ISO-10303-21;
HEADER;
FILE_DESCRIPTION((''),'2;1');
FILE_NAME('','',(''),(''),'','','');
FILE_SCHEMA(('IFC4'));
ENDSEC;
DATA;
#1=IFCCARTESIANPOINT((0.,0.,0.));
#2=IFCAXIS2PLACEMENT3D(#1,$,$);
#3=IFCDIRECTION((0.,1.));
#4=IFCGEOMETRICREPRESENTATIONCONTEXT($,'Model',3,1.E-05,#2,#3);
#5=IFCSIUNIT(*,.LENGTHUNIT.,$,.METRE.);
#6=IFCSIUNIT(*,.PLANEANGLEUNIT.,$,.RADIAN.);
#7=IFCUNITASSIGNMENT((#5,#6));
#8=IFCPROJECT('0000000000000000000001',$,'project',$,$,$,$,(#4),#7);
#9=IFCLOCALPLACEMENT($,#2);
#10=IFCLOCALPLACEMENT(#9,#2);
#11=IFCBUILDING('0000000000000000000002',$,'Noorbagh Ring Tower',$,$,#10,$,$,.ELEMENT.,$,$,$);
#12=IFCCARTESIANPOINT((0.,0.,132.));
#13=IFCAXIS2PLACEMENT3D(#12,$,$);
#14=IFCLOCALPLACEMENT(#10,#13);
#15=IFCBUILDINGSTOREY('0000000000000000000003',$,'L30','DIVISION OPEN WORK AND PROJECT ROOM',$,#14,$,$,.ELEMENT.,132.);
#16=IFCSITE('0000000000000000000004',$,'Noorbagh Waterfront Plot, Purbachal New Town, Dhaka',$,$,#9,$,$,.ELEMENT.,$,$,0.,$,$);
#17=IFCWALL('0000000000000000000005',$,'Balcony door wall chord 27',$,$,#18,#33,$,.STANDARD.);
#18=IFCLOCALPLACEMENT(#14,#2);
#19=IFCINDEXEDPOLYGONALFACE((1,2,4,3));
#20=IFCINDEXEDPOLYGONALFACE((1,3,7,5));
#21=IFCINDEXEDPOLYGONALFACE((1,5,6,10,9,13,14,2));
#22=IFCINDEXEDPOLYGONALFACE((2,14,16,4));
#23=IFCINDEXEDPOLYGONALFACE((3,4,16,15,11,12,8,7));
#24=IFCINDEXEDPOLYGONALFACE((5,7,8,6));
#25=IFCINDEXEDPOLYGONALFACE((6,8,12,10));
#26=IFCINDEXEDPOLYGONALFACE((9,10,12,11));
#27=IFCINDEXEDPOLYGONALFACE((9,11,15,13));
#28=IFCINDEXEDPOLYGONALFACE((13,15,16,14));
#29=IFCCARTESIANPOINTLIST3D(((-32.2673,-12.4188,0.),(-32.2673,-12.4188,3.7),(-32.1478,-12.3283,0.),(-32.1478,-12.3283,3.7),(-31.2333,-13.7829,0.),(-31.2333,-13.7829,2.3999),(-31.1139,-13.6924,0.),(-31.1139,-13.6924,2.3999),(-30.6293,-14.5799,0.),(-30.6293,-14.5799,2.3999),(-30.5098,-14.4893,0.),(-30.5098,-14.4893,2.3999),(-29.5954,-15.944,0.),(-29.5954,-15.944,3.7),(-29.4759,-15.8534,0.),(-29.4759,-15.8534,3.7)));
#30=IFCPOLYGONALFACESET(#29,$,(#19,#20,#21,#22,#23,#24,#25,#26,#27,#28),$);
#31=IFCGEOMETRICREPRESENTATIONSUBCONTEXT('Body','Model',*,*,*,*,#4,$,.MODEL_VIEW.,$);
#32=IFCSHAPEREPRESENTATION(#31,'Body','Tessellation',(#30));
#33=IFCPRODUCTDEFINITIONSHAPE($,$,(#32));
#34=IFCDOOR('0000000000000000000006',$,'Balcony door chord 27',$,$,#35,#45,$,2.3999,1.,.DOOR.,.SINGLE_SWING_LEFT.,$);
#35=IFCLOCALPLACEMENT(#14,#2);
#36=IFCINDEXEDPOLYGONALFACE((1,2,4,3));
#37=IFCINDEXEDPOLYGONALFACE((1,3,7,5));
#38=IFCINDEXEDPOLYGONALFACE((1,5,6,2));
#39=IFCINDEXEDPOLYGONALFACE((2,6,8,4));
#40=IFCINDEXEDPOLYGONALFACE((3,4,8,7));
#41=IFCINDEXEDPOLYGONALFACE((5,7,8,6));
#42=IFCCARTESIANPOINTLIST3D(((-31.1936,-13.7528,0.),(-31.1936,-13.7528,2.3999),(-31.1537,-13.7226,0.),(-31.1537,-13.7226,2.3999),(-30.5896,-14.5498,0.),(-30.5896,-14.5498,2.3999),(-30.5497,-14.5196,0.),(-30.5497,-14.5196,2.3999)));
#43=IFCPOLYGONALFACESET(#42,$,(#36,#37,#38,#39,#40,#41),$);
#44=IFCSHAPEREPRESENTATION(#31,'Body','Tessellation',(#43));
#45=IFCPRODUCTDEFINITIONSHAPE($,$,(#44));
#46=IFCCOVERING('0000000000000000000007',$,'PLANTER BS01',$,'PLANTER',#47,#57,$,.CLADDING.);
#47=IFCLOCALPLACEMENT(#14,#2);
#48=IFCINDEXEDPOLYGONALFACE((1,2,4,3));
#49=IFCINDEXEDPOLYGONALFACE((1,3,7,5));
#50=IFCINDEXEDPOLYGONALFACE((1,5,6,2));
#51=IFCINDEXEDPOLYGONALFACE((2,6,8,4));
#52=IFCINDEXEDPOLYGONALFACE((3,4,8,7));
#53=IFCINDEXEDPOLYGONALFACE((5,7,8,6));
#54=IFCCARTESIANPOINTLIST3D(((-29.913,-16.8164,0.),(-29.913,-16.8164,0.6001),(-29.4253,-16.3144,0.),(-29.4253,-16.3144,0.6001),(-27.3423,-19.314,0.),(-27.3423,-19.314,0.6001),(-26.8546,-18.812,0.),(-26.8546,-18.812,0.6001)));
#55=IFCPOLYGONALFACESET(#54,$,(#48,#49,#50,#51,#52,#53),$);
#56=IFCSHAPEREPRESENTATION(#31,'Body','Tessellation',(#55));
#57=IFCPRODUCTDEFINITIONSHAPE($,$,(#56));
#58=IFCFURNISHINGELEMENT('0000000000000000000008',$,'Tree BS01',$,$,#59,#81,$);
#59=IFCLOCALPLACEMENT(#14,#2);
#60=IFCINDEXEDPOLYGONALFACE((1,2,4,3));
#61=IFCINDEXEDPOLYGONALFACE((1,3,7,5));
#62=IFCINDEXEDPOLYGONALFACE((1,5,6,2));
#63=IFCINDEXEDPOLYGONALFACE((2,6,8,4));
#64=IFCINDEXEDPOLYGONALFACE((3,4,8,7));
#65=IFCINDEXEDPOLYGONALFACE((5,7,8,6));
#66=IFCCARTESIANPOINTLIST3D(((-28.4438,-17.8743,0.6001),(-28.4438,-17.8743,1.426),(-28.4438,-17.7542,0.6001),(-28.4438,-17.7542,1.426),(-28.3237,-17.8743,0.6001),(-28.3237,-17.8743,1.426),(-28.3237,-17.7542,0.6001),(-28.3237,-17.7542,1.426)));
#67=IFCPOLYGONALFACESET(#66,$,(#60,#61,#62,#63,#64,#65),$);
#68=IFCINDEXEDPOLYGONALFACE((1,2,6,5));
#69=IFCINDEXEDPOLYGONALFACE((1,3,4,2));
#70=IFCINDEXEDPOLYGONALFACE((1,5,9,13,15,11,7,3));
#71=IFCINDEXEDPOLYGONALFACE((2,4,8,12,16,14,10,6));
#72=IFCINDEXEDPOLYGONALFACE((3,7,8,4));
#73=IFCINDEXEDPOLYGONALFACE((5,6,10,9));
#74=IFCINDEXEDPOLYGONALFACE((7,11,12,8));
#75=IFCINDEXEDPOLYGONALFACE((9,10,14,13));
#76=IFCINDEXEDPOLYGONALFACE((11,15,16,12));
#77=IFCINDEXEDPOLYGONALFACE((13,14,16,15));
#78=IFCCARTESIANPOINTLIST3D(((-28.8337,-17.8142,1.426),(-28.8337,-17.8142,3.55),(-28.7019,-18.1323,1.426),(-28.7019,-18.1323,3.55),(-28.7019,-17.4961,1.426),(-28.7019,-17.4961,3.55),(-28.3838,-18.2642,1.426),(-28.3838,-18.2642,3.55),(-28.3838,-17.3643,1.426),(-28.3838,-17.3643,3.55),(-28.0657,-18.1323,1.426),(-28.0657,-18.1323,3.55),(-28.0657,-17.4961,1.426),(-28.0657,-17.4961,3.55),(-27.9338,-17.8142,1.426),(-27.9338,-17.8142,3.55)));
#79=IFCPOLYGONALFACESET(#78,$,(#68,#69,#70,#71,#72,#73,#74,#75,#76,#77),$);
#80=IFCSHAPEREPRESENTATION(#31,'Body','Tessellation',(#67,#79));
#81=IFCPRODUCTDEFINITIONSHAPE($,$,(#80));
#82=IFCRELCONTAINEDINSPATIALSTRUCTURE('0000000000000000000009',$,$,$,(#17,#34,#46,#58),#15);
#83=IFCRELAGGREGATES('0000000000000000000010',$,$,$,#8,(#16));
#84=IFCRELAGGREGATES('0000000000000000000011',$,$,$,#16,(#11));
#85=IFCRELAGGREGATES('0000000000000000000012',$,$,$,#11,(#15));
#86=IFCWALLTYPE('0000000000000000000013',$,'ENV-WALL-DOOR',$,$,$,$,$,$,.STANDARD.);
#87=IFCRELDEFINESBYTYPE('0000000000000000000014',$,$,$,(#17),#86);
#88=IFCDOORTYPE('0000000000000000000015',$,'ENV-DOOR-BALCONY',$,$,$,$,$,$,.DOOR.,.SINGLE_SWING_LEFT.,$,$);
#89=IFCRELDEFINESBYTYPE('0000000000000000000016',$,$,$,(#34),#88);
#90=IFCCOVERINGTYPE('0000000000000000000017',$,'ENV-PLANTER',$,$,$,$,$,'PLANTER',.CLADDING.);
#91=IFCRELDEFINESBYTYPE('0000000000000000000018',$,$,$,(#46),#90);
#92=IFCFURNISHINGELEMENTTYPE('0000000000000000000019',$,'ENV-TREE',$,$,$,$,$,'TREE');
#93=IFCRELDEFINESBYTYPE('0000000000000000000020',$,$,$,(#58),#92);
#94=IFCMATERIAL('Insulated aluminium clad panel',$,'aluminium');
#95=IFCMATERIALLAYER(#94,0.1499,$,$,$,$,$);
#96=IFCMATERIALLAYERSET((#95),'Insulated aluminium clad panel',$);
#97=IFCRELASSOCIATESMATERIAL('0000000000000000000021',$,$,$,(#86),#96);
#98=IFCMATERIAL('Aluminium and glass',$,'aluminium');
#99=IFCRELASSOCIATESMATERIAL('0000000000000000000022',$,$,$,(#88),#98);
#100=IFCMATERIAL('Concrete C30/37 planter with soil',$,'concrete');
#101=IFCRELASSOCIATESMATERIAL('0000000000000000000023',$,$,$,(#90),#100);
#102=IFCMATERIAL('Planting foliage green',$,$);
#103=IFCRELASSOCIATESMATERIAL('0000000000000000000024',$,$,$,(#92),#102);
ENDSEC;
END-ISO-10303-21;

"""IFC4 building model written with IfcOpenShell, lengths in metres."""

from ifc_helpers import new_model, si_unit, direction, frame, frame_2d, origin, origin_2d, place, context, subcontext, project, spatial, polyline, rectangle, outline, extrude, material, layer, layer_set, type_object, element, fill, save


model = new_model("IFC4")

# Units and contexts
model_context = context("Model", 3, precision=1e-05, world=origin(), true_north=direction((0.0, 1.0)))
body_context = subcontext(model_context, "Body", "Model", "MODEL_VIEW")
ifc_project = project(units=[si_unit("LENGTHUNIT", "METRE"), si_unit("PLANEANGLEUNIT", "RADIAN")], contexts=[model_context])

# Site, building, storey
site_placement = place(None, origin())
site = spatial("IfcSite", under=ifc_project, at=site_placement, Name="Noorbagh Waterfront Plot, Purbachal New Town, Dhaka", CompositionType="ELEMENT", RefElevation=0.0)
building_placement = place(site_placement, origin())
building = spatial("IfcBuilding", under=site, at=building_placement, Name="Noorbagh Ring Tower", CompositionType="ELEMENT")
storey_placement = place(building_placement, frame((0.0, 0.0, 132.0)))
storey = spatial("IfcBuildingStorey", under=building, at=storey_placement, Name="L30", Description="DIVISION OPEN WORK AND PROJECT ROOM", CompositionType="ELEMENT", Elevation=132.0)

# Wall, opening, door
ifc_material_1 = material(Name="Insulated aluminium clad panel", Category="aluminium")
ifc_layer_1 = layer(ifc_material_1, 0.1499)
ifc_layer_set_1 = layer_set([ifc_layer_1], Name="Insulated aluminium clad panel")
wall_type_1 = type_object("IfcWallType", Name="ENV-WALL-DOOR", PredefinedType="STANDARD", material=ifc_layer_set_1)
wall_1_placement = place(storey_placement, frame((-32.2075, -12.3735, 0.0), z_axis=(0.0, 0.0, 1.0), x_axis=(0.604046, -0.79695, 0.0)))
wall_1 = element("IfcWall", 1, at=wall_1_placement, inside=storey, type_object=wall_type_1, Name="Balcony door wall chord 27", PredefinedType="STANDARD", context=body_context, shape_type="SweptSolid", body=[
    extrude(rectangle(XDim=4.4233, YDim=0.1499, at=frame_2d((2.2117, 0.0))), origin(), (0.0, 0.0, 1.0), 3.7),
])
opening_1_placement = place(wall_1_placement, frame((1.7117, 0.0, 0.0)))
opening_1 = element("IfcOpeningElement", 2, at=opening_1_placement, cuts=wall_1, PredefinedType="OPENING", context=body_context, shape_type="SweptSolid", body=[
    extrude(rectangle(XDim=1.0, YDim=2.3999, at=frame_2d((0.5, 1.2))), frame((0.0, 0.085, 0.0), z_axis=(0.0, -1.0, 0.0), x_axis=(1.0, 0.0, 0.0)), (0.0, 0.0, 1.0), 0.1699),
])
ifc_material_2 = material(Name="Aluminium and glass", Category="aluminium")
door_type_1 = type_object("IfcDoorType", Name="ENV-DOOR-BALCONY", OperationType="SINGLE_SWING_LEFT", PredefinedType="DOOR", material=ifc_material_2)
door_1_placement = place(opening_1_placement, origin())
door_1 = element("IfcDoor", 3, at=door_1_placement, inside=storey, type_object=door_type_1, Name="Balcony door chord 27", OperationType="SINGLE_SWING_LEFT", OverallHeight=2.3999, OverallWidth=1.0, PredefinedType="DOOR", context=body_context, shape_type="SweptSolid", body=[
    extrude(rectangle(XDim=1.0, YDim=2.3999, at=frame_2d((0.5, 1.2))), frame((0.0, 0.0249, 0.0), z_axis=(0.0, -1.0, 0.0), x_axis=(1.0, 0.0, 0.0)), (0.0, 0.0, 1.0), 0.05),
])
fill(opening_1, door_1)

# Covering
ifc_material_3 = material(Name="Concrete C30/37 planter with soil", Category="concrete")
covering_type = type_object("IfcCoveringType", Name="ENV-PLANTER", ElementType="PLANTER", PredefinedType="CLADDING", material=ifc_material_3)
covering_placement = place(storey_placement, frame((-28.3838, -17.8142, 0.0), z_axis=(0.0, 0.0, 1.0), x_axis=(0.717225, -0.696842, 0.0)))
element("IfcCovering", 4, at=covering_placement, inside=storey, type_object=covering_type, Name="PLANTER BS01", ObjectType="PLANTER", PredefinedType="CLADDING", context=body_context, shape_type="SweptSolid", body=[
    extrude(rectangle(XDim=3.5842, YDim=0.7, at=origin_2d()), origin(), (0.0, 0.0, 1.0), 0.6001),
])

# Furnishing element
ifc_material_4 = material(Name="Planting foliage green")
furnishing_element_type = type_object("IfcFurnishingElementType", Name="ENV-TREE", ElementType="TREE", material=ifc_material_4)
furnishing_placement = place(storey_placement, frame((-28.3838, -17.8142, 0.6001), z_axis=(0.0, 0.0, 1.0), x_axis=(1.0, 0.0, 0.0)))
element("IfcFurnishingElement", 5, at=furnishing_placement, inside=storey, type_object=furnishing_element_type, Name="Tree BS01", context=body_context, shape_type="SweptSolid", body=[
    extrude(rectangle(XDim=0.1201, YDim=0.1201, at=origin_2d()), origin(), (0.0, 0.0, 1.0), 0.8259),
    extrude(outline(polyline([(0.45, 0.0), (0.3181, 0.3181), (0.0, 0.45), (-0.3181, 0.3181), (-0.45, 0.0), (-0.3181, -0.3181), (0.0, -0.45), (0.3181, -0.3181), (0.45, 0.0)])), frame((0.0, 0.0, 0.8259)), (0.0, 0.0, 1.0), 2.124),
])

save(model, "model.ifc")
